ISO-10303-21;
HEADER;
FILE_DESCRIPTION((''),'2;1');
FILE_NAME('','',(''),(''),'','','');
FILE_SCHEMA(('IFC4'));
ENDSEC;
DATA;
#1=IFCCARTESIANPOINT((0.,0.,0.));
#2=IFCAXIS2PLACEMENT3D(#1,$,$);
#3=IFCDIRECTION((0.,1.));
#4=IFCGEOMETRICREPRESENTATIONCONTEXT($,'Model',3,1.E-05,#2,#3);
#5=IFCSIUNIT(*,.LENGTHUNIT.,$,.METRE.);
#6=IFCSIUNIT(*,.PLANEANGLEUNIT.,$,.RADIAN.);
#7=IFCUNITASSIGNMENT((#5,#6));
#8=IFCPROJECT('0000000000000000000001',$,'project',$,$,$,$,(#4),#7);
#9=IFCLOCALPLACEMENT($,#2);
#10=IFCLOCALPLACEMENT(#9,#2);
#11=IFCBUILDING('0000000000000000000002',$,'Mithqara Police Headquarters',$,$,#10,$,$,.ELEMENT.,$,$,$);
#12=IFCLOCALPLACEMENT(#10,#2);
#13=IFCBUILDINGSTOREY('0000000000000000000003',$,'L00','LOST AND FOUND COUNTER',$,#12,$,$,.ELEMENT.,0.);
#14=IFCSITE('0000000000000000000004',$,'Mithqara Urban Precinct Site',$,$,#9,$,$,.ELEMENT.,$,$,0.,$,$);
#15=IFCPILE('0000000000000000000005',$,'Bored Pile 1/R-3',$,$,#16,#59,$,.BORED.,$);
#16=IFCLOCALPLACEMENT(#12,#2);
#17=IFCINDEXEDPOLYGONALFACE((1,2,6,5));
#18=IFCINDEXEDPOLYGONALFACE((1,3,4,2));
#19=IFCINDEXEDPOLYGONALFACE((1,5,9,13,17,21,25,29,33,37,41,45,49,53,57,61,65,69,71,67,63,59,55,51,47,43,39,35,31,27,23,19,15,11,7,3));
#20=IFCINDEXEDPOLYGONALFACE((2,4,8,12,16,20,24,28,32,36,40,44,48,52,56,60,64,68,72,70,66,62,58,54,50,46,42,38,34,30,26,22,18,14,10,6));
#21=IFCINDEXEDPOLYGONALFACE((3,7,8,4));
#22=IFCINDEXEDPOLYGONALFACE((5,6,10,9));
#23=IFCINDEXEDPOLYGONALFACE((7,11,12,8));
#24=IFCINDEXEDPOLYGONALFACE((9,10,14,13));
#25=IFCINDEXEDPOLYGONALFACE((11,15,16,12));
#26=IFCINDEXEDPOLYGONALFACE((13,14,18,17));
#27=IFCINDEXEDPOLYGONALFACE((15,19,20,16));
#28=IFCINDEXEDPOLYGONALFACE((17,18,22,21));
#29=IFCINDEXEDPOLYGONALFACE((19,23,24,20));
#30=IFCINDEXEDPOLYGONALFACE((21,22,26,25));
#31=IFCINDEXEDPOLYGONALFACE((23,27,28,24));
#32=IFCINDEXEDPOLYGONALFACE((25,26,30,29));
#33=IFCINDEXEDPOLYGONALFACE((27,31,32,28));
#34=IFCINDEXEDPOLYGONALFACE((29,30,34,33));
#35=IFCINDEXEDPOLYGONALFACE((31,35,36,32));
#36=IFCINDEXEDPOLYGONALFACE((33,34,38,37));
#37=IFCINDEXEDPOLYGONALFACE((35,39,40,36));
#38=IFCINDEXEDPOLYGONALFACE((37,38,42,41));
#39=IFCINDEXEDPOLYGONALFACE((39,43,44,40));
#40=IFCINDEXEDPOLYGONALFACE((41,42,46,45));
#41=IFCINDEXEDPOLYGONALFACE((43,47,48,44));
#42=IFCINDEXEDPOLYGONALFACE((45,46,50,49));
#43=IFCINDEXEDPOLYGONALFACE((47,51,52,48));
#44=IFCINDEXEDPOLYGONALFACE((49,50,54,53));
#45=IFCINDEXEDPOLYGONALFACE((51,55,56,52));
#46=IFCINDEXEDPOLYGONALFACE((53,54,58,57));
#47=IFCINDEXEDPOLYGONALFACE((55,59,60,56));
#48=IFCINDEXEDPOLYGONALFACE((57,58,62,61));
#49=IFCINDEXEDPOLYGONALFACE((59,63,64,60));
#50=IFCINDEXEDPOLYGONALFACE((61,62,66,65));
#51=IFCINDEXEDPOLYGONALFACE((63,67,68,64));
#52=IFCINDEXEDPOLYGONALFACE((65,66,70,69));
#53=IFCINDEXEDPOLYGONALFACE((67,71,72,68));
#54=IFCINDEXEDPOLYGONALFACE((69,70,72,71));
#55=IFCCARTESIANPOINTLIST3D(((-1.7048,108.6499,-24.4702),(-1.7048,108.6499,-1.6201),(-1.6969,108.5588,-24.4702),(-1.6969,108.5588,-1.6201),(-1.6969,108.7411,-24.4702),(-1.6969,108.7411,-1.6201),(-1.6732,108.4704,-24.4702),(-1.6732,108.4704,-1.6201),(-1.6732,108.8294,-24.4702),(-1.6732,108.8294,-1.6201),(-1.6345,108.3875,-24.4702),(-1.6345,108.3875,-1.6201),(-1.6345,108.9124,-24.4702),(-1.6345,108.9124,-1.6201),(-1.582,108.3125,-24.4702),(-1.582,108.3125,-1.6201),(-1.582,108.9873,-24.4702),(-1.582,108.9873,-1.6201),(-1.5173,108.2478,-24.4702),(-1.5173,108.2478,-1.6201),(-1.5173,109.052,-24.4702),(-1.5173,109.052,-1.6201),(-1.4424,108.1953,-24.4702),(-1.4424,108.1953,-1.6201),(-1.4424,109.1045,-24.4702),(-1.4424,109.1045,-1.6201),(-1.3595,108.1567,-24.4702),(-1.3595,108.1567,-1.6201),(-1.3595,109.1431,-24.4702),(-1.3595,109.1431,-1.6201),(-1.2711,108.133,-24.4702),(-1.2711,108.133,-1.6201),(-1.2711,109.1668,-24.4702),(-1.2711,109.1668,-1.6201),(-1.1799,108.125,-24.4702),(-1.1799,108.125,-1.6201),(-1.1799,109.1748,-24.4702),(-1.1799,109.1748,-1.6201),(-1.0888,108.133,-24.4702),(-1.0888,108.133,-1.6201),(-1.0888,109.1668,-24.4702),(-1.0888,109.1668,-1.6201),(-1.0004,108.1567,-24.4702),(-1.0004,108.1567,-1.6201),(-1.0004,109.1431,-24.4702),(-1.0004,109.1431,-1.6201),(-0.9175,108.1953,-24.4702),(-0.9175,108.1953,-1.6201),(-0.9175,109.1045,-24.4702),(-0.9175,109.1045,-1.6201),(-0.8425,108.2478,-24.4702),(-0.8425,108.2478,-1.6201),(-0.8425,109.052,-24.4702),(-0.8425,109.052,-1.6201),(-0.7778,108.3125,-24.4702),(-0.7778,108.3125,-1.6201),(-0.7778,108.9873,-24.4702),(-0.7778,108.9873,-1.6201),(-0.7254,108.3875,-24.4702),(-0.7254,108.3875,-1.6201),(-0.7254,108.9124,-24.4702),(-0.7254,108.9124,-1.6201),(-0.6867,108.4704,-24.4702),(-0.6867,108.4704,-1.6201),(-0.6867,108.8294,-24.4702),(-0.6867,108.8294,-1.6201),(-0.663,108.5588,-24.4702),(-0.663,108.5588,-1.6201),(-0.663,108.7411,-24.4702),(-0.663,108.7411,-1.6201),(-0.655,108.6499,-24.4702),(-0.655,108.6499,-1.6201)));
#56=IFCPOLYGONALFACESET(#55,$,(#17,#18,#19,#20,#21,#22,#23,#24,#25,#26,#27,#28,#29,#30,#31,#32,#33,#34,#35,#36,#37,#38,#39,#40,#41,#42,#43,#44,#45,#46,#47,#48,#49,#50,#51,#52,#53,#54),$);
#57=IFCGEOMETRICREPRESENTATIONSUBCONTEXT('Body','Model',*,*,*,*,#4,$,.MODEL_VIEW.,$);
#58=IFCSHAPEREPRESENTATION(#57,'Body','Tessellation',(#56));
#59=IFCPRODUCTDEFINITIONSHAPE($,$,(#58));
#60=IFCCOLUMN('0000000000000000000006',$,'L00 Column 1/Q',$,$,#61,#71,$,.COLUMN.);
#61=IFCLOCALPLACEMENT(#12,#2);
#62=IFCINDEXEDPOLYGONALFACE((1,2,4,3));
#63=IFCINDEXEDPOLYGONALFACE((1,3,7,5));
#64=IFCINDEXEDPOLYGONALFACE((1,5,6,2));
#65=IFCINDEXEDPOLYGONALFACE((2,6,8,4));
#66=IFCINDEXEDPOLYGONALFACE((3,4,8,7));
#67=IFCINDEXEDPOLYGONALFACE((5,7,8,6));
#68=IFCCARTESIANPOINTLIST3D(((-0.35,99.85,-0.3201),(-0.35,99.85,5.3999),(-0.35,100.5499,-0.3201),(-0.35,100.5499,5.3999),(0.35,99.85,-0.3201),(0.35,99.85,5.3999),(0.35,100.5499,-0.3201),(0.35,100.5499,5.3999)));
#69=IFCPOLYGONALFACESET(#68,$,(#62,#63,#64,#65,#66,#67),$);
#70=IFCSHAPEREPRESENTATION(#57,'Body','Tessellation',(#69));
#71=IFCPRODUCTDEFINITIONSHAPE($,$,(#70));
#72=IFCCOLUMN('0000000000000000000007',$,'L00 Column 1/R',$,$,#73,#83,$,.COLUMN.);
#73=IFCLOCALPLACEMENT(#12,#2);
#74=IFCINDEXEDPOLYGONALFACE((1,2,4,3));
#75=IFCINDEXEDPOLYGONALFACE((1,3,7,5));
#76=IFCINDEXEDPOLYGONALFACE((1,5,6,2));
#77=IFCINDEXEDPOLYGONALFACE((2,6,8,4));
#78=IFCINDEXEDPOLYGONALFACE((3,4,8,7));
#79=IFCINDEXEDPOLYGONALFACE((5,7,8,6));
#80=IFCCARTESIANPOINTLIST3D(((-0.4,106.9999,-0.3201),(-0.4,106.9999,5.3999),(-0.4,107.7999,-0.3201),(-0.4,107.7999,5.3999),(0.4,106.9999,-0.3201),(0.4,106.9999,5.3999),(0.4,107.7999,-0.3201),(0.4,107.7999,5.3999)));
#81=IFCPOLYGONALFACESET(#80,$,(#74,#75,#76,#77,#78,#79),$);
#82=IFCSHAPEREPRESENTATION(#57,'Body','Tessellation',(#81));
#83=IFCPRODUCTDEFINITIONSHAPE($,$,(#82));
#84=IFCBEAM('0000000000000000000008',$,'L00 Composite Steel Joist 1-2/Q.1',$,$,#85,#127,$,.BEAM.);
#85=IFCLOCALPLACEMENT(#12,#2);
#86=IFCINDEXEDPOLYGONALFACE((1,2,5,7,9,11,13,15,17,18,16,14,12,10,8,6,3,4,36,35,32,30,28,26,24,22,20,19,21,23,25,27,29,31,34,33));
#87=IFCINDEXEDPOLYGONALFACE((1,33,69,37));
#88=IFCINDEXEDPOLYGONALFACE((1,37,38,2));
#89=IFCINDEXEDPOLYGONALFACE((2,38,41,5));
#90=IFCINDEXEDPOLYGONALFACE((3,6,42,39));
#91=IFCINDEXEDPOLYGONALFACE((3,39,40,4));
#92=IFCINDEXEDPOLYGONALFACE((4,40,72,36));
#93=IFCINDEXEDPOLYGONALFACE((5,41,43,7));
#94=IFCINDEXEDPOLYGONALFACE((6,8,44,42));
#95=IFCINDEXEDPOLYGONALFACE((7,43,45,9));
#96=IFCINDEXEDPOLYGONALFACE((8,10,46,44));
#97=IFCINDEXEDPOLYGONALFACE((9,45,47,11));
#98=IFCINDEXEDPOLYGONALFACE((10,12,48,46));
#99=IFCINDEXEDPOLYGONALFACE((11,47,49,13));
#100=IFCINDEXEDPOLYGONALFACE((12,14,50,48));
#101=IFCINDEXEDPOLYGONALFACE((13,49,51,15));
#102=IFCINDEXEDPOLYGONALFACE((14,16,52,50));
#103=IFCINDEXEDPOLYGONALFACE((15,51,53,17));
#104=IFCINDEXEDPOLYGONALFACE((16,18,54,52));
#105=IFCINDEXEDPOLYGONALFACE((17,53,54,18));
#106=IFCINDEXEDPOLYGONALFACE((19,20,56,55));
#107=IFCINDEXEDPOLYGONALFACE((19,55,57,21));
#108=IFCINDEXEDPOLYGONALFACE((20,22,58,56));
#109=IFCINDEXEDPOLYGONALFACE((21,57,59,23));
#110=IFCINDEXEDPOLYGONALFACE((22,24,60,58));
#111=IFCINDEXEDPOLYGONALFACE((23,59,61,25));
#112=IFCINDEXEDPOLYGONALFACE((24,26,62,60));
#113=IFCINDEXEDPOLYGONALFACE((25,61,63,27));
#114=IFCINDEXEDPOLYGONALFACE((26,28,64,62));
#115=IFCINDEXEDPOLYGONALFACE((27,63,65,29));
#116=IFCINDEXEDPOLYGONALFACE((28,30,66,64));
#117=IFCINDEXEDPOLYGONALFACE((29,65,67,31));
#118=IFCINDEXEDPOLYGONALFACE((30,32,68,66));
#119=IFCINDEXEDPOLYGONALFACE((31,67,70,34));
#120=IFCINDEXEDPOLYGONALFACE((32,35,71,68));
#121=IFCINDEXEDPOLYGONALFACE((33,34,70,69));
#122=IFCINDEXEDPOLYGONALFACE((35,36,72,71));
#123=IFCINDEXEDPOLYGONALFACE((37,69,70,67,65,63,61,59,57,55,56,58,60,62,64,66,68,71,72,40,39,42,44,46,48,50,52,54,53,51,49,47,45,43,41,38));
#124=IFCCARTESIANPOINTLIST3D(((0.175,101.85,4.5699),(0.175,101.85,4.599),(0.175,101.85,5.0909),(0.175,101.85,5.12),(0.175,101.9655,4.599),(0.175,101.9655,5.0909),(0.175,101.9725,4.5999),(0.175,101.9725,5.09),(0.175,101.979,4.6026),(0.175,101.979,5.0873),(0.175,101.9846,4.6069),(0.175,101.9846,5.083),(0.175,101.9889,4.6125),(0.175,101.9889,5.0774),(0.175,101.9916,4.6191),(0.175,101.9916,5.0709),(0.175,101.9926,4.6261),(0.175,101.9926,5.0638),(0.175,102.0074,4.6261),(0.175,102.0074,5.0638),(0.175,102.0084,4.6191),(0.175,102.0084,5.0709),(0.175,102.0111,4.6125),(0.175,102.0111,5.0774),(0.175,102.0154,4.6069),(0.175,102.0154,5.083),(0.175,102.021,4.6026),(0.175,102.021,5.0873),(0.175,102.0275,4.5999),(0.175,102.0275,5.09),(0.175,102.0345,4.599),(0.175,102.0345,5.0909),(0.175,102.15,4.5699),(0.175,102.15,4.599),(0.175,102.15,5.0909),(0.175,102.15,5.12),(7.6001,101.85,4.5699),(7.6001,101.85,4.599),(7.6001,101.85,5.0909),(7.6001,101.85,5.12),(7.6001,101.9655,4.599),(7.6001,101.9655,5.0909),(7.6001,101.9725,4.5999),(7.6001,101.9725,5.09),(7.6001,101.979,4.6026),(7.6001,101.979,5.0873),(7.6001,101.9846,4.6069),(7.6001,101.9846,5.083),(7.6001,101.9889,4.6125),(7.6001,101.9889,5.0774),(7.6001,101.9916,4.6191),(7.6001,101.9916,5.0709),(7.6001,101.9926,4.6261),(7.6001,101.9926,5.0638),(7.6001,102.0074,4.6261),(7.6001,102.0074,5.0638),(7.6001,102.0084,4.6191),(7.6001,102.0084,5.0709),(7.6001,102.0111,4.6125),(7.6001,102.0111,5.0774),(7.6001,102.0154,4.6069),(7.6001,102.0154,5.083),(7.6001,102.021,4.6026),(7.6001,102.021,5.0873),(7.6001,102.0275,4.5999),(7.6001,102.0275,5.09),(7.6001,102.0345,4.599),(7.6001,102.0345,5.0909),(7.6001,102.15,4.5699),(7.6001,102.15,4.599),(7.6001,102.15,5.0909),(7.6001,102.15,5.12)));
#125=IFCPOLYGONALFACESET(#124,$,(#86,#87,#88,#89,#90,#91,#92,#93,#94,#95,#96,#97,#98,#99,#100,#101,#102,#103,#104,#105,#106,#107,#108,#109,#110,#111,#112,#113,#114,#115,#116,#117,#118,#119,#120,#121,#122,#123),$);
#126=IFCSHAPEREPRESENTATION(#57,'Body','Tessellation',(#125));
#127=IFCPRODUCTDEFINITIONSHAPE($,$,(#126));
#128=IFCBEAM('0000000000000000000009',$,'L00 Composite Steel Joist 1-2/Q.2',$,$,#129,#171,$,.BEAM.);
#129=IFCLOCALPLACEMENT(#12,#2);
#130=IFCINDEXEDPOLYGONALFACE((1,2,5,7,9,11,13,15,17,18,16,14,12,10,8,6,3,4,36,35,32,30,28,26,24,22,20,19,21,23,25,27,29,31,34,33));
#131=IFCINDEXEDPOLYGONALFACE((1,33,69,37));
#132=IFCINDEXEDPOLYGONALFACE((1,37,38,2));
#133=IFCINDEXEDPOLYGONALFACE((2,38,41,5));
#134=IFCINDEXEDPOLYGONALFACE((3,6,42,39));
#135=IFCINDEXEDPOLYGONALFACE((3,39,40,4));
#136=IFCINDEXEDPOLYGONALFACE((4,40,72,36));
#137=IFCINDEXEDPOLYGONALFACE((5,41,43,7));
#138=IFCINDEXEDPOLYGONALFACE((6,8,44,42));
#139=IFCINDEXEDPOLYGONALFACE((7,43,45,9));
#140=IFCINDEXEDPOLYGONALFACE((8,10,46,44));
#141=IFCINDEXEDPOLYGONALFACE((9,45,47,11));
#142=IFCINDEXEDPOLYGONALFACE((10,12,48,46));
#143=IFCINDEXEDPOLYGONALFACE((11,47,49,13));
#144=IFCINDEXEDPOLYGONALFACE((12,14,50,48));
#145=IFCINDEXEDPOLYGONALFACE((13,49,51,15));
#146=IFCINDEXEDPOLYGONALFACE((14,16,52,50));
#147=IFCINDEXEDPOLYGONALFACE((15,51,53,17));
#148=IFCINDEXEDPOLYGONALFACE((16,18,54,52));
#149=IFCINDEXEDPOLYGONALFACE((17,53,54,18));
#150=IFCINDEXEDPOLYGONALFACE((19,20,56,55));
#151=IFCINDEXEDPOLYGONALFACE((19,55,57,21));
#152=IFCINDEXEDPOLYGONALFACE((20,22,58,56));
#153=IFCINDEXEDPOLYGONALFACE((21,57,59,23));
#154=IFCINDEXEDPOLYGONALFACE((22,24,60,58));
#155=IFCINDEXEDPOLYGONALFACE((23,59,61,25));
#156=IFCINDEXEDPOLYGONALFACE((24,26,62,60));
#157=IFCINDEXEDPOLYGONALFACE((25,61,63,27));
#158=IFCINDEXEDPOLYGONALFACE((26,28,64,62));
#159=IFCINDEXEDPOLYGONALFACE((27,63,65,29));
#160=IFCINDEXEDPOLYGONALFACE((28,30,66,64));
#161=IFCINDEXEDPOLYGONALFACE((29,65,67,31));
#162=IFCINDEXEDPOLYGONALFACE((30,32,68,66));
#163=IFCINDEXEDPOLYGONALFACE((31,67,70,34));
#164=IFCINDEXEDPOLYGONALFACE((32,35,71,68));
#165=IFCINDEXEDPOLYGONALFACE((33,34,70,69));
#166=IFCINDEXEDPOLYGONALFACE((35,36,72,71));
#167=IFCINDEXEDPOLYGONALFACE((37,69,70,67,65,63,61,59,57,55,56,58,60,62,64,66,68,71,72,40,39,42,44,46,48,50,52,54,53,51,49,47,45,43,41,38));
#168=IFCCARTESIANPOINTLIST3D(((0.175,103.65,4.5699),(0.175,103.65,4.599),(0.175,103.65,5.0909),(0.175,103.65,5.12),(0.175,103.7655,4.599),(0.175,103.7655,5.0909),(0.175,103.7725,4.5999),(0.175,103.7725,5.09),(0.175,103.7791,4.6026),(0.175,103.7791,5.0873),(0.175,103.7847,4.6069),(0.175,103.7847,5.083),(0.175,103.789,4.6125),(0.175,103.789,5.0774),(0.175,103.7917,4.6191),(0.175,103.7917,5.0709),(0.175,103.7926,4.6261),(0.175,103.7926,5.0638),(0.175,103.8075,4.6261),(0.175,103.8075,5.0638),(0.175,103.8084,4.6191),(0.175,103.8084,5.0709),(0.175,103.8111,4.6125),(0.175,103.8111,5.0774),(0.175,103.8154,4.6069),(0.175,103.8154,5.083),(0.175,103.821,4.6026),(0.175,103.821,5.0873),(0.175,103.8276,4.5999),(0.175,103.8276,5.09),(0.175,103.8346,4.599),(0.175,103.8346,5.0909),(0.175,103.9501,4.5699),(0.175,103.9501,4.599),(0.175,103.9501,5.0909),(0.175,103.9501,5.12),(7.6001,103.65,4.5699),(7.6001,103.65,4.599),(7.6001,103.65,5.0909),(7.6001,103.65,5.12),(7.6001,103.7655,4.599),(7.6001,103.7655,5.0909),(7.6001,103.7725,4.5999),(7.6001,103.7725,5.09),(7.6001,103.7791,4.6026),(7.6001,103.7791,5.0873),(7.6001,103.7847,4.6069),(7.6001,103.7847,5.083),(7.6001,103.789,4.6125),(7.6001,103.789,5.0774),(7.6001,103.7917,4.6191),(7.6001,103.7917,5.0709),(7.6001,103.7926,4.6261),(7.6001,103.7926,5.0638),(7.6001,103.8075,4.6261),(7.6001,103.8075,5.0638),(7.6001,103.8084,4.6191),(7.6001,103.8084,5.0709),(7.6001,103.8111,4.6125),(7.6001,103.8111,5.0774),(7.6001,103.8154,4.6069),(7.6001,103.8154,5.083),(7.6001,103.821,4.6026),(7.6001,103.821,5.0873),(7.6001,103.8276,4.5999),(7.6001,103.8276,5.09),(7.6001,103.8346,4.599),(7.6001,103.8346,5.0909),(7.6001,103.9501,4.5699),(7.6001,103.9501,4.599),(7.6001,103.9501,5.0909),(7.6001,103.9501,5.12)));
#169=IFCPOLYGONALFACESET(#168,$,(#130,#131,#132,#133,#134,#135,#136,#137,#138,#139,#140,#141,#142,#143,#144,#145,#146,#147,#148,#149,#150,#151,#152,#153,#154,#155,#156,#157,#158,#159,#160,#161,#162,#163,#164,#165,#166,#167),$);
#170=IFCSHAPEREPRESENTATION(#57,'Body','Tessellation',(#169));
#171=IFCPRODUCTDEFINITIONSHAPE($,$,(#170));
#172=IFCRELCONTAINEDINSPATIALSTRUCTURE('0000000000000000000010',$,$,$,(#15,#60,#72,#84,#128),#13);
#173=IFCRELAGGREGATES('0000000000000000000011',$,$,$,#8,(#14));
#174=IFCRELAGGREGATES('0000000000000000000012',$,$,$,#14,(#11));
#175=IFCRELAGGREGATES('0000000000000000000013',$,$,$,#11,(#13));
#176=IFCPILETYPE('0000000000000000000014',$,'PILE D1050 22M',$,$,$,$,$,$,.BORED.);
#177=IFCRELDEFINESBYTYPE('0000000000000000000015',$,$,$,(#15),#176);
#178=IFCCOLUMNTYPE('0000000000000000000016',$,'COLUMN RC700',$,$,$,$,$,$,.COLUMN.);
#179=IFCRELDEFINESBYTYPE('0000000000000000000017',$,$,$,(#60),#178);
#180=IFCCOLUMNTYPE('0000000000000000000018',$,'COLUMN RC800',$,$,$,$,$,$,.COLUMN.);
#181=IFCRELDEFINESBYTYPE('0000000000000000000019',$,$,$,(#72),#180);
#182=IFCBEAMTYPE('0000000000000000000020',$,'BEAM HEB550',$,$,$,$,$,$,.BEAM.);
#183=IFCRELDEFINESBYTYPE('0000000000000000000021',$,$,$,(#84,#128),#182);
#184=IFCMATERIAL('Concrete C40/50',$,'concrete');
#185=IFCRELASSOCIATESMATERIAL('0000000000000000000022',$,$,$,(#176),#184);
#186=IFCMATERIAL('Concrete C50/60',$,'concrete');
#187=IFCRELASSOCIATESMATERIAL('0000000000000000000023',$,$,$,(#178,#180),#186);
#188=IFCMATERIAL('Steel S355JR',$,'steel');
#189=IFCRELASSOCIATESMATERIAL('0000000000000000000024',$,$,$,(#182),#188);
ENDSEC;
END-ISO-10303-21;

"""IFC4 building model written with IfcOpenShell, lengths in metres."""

from ifc_helpers import new_model, si_unit, direction, frame, origin, origin_2d, place, context, subcontext, project, spatial, rectangle, circle, i_section, extrude, material, material_profile, profile_set, type_object, element, save


model = new_model("IFC4")

# Units and contexts
model_context = context("Model", 3, precision=1e-05, world=origin(), true_north=direction((0.0, 1.0)))
body_context = subcontext(model_context, "Body", "Model", "MODEL_VIEW")
ifc_project = project(units=[si_unit("LENGTHUNIT", "METRE"), si_unit("PLANEANGLEUNIT", "RADIAN")], contexts=[model_context])

# Site, building, storey
site_placement = place(None, origin())
site = spatial("IfcSite", under=ifc_project, at=site_placement, Name="Mithqara Urban Precinct Site", CompositionType="ELEMENT", RefElevation=0.0)
building_placement = place(site_placement, origin())
building = spatial("IfcBuilding", under=site, at=building_placement, Name="Mithqara Police Headquarters", CompositionType="ELEMENT")
storey_placement = place(building_placement, origin())
storey = spatial("IfcBuildingStorey", under=building, at=storey_placement, Name="L00", Description="LOST AND FOUND COUNTER", CompositionType="ELEMENT", Elevation=0.0)

# Shared definitions
ifc_material_1 = material(Name="Concrete C40/50", Category="concrete")

# Pile
ifc_material_profile_1 = material_profile(ifc_material_1, circle(Radius=0.5249, at=origin_2d()), Name="PILE D1050")
ifc_profile_set_1 = profile_set([ifc_material_profile_1], Name="Concrete C40/50")
pile_type = type_object("IfcPileType", Name="PILE D1050 22M", PredefinedType="BORED", material=ifc_profile_set_1)
for number, where, z_axis, x_axis, name in (
    (1, (-1.1799, 108.6499, -1.6201), (0.0, 0.0, -1.0), (1.0, 0.0, 0.0), "Bored Pile 1/R-3"),
):
    element("IfcPile", number, at=place(storey_placement, frame(where, z_axis=z_axis, x_axis=x_axis)), inside=storey, type_object=pile_type, Name=name, PredefinedType="BORED", context=body_context, shape_type="SweptSolid", body=[
        extrude(circle(Radius=0.5249, at=origin_2d()), origin(), (0.0, 0.0, 1.0), 22.8501),
    ])

# Columns
ifc_material_2 = material(Name="Concrete C50/60", Category="concrete")
ifc_material_profile_2 = material_profile(ifc_material_2, rectangle(XDim=0.7, YDim=0.7, at=origin_2d()), Name="RC 700x700")
ifc_profile_set_2 = profile_set([ifc_material_profile_2], Name="Concrete C50/60")
column_type_1 = type_object("IfcColumnType", Name="COLUMN RC700", PredefinedType="COLUMN", material=ifc_profile_set_2)
column_1_placement = place(storey_placement, frame((0.0, 100.2, -0.3201), z_axis=(0.0, 0.0, 1.0), x_axis=(1.0, 0.0, 0.0)))
element("IfcColumn", 2, at=column_1_placement, inside=storey, type_object=column_type_1, Name="L00 Column 1/Q", PredefinedType="COLUMN", context=body_context, shape_type="SweptSolid", body=[
    extrude(rectangle(XDim=0.7, YDim=0.7, at=origin_2d()), origin(), (0.0, 0.0, 1.0), 5.72),
])
ifc_material_profile_3 = material_profile(ifc_material_2, rectangle(XDim=0.8, YDim=0.8, at=origin_2d()), Name="RC 800x800")
ifc_profile_set_3 = profile_set([ifc_material_profile_3], Name="Concrete C50/60")
column_type_2 = type_object("IfcColumnType", Name="COLUMN RC800", PredefinedType="COLUMN", material=ifc_profile_set_3)
column_2_placement = place(storey_placement, frame((0.0, 107.3999, -0.3201), z_axis=(0.0, 0.0, 1.0), x_axis=(1.0, 0.0, 0.0)))
element("IfcColumn", 3, at=column_2_placement, inside=storey, type_object=column_type_2, Name="L00 Column 1/R", PredefinedType="COLUMN", context=body_context, shape_type="SweptSolid", body=[
    extrude(rectangle(XDim=0.8, YDim=0.8, at=origin_2d()), origin(), (0.0, 0.0, 1.0), 5.72),
])

# Beams
ifc_material_3 = material(Name="Steel S355JR", Category="steel")
ifc_material_profile_4 = material_profile(ifc_material_3, i_section(OverallWidth=0.3, OverallDepth=0.55, WebThickness=0.0149, FlangeThickness=0.0291, FilletRadius=0.0271, at=origin_2d()), Name="HEB 550")
ifc_profile_set_4 = profile_set([ifc_material_profile_4], Name="Steel S355JR")
beam_type_1 = type_object("IfcBeamType", Name="BEAM HEB550", PredefinedType="BEAM", material=ifc_profile_set_4)
for number, where, z_axis, x_axis, name in (
    (4, (0.175, 102.0, 4.845), (1.0, 0.0, 0.0), (0.0, 1.0, 0.0), "L00 Composite Steel Joist 1-2/Q.1"),
    (5, (0.175, 103.8, 4.845), (1.0, 0.0, 0.0), (0.0, 1.0, 0.0), "L00 Composite Steel Joist 1-2/Q.2"),
):
    element("IfcBeam", number, at=place(storey_placement, frame(where, z_axis=z_axis, x_axis=x_axis)), inside=storey, type_object=beam_type_1, Name=name, PredefinedType="BEAM", context=body_context, shape_type="SweptSolid", body=[
        extrude(i_section(OverallWidth=0.3, OverallDepth=0.55, WebThickness=0.0149, FlangeThickness=0.0291, FilletRadius=0.0271, at=origin_2d()), origin(), (0.0, 0.0, 1.0), 7.425),
    ])

save(model, "model.ifc")
